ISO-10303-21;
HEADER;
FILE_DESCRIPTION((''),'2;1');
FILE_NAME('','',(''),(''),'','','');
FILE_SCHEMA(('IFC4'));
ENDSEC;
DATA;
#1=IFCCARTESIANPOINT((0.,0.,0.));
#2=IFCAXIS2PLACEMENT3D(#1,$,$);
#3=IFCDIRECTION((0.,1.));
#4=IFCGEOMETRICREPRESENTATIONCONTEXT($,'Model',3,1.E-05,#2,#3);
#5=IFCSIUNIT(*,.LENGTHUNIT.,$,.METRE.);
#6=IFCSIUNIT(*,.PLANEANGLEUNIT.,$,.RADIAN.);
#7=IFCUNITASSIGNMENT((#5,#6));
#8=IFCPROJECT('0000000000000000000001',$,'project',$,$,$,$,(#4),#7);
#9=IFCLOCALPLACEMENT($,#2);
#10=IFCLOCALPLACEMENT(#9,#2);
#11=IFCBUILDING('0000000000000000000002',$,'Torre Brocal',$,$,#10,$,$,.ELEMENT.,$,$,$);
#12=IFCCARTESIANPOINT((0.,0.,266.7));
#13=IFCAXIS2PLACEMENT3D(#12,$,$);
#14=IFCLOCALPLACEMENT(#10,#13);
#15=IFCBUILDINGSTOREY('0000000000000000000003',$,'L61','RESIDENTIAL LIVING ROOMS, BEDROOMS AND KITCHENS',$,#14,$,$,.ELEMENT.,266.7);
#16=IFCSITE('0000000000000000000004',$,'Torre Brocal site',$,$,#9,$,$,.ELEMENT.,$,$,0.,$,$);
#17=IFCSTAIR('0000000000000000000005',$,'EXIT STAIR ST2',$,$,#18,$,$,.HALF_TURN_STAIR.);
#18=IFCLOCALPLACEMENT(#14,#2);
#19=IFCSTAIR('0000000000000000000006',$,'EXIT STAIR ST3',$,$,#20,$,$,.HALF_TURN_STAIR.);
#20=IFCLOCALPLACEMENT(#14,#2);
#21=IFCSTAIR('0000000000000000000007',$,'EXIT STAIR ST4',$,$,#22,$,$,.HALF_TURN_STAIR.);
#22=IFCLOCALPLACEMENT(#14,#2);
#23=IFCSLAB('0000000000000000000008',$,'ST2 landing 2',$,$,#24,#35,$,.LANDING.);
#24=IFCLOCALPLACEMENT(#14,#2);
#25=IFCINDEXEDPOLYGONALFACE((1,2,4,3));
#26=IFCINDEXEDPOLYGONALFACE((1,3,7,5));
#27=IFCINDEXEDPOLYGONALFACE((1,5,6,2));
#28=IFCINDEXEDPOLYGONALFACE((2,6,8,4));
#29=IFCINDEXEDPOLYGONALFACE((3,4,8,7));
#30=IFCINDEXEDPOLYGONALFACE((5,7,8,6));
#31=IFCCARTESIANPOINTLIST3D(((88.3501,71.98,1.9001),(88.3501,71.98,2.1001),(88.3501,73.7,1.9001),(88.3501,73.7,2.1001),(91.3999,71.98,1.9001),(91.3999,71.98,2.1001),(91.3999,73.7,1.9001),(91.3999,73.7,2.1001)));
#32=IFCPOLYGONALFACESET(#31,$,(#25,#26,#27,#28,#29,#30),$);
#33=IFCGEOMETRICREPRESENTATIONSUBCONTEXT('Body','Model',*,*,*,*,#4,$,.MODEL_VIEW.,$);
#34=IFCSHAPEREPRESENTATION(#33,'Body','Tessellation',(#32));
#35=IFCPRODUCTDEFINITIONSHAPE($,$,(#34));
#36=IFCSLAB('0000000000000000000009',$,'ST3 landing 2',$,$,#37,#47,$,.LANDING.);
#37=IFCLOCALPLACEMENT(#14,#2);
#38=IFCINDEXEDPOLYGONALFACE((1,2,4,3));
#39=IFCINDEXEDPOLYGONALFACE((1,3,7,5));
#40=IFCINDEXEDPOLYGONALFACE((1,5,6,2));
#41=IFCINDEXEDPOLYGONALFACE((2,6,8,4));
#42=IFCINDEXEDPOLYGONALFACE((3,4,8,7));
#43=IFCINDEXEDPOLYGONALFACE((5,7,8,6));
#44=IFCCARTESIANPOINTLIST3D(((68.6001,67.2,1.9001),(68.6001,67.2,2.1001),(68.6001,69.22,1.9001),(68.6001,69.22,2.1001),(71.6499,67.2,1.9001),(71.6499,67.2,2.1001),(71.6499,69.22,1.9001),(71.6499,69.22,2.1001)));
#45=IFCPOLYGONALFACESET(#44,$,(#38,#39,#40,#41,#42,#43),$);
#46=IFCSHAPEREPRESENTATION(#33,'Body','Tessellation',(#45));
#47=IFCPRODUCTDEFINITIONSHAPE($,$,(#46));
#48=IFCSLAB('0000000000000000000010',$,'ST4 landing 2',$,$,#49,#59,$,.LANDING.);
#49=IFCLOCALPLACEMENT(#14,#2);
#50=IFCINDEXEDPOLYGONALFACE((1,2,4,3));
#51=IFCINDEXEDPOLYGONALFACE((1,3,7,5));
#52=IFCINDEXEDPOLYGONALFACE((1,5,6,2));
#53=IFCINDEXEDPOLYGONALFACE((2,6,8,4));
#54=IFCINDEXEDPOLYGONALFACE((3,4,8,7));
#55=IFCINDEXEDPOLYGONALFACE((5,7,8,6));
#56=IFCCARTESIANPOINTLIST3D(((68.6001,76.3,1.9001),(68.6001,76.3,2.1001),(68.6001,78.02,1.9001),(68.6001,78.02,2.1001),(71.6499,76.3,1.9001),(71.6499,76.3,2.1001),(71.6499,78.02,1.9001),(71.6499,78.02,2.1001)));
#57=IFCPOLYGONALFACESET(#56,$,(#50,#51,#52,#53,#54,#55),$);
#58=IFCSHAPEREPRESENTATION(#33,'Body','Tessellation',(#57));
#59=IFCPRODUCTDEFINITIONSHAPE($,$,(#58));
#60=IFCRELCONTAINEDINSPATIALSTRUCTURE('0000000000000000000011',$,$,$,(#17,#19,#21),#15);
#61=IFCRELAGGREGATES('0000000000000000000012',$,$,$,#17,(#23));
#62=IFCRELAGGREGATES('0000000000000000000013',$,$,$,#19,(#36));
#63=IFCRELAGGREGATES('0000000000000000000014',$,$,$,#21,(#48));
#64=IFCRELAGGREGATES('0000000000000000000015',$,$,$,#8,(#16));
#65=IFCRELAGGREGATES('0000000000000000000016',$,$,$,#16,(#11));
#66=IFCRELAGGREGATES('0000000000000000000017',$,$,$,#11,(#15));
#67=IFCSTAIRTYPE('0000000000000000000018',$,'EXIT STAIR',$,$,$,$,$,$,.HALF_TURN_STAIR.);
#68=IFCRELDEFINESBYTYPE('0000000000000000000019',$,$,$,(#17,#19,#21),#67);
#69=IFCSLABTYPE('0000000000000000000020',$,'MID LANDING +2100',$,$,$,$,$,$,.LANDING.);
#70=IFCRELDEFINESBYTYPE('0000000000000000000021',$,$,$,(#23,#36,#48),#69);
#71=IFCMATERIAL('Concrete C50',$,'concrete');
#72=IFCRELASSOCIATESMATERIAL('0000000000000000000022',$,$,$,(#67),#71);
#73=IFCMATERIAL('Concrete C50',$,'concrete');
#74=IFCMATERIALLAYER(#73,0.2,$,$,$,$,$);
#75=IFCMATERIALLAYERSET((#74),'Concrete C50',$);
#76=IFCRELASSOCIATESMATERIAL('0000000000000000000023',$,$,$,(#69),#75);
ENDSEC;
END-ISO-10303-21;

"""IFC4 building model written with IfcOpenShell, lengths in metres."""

from ifc_helpers import new_model, si_unit, direction, frame, origin, place, context, subcontext, project, spatial, polyline, outline, extrude, material, layer, layer_set, type_object, element, aggregate, save


model = new_model("IFC4")

# Units and contexts
model_context = context("Model", 3, precision=1e-05, world=origin(), true_north=direction((0.0, 1.0)))
body_context = subcontext(model_context, "Body", "Model", "MODEL_VIEW")
ifc_project = project(units=[si_unit("LENGTHUNIT", "METRE"), si_unit("PLANEANGLEUNIT", "RADIAN")], contexts=[model_context])

# Site, building, storey
site_placement = place(None, origin())
site = spatial("IfcSite", under=ifc_project, at=site_placement, Name="Torre Brocal site", CompositionType="ELEMENT", RefElevation=0.0)
building_placement = place(site_placement, origin())
building = spatial("IfcBuilding", under=site, at=building_placement, Name="Torre Brocal", CompositionType="ELEMENT")
storey_placement = place(building_placement, frame((0.0, 0.0, 266.7)))
storey = spatial("IfcBuildingStorey", under=building, at=storey_placement, Name="L61", Description="RESIDENTIAL LIVING ROOMS, BEDROOMS AND KITCHENS", CompositionType="ELEMENT", Elevation=266.7)

# Stairs
ifc_material_1 = material(Name="Concrete C50", Category="concrete")
stair_type = type_object("IfcStairType", Name="EXIT STAIR", PredefinedType="HALF_TURN_STAIR", material=ifc_material_1)
stair_1_placement = place(storey_placement, origin())
stair_1 = element("IfcStair", 1, at=stair_1_placement, inside=storey, type_object=stair_type, Name="EXIT STAIR ST2", PredefinedType="HALF_TURN_STAIR")
stair_2_placement = place(storey_placement, origin())
stair_2 = element("IfcStair", 2, at=stair_2_placement, inside=storey, type_object=stair_type, Name="EXIT STAIR ST3", PredefinedType="HALF_TURN_STAIR")
stair_3_placement = place(storey_placement, origin())
stair_3 = element("IfcStair", 3, at=stair_3_placement, inside=storey, type_object=stair_type, Name="EXIT STAIR ST4", PredefinedType="HALF_TURN_STAIR")

# Slabs
ifc_material_2 = material(Name="Concrete C50", Category="concrete")
ifc_layer_1 = layer(ifc_material_2, 0.2)
ifc_layer_set_1 = layer_set([ifc_layer_1], Name="Concrete C50")
slab_type_1 = type_object("IfcSlabType", Name="MID LANDING +2100", PredefinedType="LANDING", material=ifc_layer_set_1)
slab_1_placement = place(storey_placement, frame((0.0, 0.0, 1.9001)))
slab_1 = element("IfcSlab", 4, at=slab_1_placement, type_object=slab_type_1, Name="ST2 landing 2", PredefinedType="LANDING", context=body_context, shape_type="SweptSolid", body=[
    extrude(outline(polyline([(88.3501, 71.98), (91.3999, 71.98), (91.3999, 73.7), (88.3501, 73.7), (88.3501, 71.98)])), origin(), (0.0, 0.0, 1.0), 0.2),
])
aggregate(stair_1, [slab_1])
slab_2_placement = place(storey_placement, frame((0.0, 0.0, 1.9001)))
slab_2 = element("IfcSlab", 5, at=slab_2_placement, type_object=slab_type_1, Name="ST3 landing 2", PredefinedType="LANDING", context=body_context, shape_type="SweptSolid", body=[
    extrude(outline(polyline([(71.6499, 69.22), (68.6001, 69.22), (68.6001, 67.2), (71.6499, 67.2), (71.6499, 69.22)])), origin(), (0.0, 0.0, 1.0), 0.2),
])
aggregate(stair_2, [slab_2])
slab_3_placement = place(storey_placement, frame((0.0, 0.0, 1.9001)))
slab_3 = element("IfcSlab", 6, at=slab_3_placement, type_object=slab_type_1, Name="ST4 landing 2", PredefinedType="LANDING", context=body_context, shape_type="SweptSolid", body=[
    extrude(outline(polyline([(71.6499, 78.02), (68.6001, 78.02), (68.6001, 76.3), (71.6499, 76.3), (71.6499, 78.02)])), origin(), (0.0, 0.0, 1.0), 0.2),
])
aggregate(stair_3, [slab_3])

save(model, "model.ifc")
